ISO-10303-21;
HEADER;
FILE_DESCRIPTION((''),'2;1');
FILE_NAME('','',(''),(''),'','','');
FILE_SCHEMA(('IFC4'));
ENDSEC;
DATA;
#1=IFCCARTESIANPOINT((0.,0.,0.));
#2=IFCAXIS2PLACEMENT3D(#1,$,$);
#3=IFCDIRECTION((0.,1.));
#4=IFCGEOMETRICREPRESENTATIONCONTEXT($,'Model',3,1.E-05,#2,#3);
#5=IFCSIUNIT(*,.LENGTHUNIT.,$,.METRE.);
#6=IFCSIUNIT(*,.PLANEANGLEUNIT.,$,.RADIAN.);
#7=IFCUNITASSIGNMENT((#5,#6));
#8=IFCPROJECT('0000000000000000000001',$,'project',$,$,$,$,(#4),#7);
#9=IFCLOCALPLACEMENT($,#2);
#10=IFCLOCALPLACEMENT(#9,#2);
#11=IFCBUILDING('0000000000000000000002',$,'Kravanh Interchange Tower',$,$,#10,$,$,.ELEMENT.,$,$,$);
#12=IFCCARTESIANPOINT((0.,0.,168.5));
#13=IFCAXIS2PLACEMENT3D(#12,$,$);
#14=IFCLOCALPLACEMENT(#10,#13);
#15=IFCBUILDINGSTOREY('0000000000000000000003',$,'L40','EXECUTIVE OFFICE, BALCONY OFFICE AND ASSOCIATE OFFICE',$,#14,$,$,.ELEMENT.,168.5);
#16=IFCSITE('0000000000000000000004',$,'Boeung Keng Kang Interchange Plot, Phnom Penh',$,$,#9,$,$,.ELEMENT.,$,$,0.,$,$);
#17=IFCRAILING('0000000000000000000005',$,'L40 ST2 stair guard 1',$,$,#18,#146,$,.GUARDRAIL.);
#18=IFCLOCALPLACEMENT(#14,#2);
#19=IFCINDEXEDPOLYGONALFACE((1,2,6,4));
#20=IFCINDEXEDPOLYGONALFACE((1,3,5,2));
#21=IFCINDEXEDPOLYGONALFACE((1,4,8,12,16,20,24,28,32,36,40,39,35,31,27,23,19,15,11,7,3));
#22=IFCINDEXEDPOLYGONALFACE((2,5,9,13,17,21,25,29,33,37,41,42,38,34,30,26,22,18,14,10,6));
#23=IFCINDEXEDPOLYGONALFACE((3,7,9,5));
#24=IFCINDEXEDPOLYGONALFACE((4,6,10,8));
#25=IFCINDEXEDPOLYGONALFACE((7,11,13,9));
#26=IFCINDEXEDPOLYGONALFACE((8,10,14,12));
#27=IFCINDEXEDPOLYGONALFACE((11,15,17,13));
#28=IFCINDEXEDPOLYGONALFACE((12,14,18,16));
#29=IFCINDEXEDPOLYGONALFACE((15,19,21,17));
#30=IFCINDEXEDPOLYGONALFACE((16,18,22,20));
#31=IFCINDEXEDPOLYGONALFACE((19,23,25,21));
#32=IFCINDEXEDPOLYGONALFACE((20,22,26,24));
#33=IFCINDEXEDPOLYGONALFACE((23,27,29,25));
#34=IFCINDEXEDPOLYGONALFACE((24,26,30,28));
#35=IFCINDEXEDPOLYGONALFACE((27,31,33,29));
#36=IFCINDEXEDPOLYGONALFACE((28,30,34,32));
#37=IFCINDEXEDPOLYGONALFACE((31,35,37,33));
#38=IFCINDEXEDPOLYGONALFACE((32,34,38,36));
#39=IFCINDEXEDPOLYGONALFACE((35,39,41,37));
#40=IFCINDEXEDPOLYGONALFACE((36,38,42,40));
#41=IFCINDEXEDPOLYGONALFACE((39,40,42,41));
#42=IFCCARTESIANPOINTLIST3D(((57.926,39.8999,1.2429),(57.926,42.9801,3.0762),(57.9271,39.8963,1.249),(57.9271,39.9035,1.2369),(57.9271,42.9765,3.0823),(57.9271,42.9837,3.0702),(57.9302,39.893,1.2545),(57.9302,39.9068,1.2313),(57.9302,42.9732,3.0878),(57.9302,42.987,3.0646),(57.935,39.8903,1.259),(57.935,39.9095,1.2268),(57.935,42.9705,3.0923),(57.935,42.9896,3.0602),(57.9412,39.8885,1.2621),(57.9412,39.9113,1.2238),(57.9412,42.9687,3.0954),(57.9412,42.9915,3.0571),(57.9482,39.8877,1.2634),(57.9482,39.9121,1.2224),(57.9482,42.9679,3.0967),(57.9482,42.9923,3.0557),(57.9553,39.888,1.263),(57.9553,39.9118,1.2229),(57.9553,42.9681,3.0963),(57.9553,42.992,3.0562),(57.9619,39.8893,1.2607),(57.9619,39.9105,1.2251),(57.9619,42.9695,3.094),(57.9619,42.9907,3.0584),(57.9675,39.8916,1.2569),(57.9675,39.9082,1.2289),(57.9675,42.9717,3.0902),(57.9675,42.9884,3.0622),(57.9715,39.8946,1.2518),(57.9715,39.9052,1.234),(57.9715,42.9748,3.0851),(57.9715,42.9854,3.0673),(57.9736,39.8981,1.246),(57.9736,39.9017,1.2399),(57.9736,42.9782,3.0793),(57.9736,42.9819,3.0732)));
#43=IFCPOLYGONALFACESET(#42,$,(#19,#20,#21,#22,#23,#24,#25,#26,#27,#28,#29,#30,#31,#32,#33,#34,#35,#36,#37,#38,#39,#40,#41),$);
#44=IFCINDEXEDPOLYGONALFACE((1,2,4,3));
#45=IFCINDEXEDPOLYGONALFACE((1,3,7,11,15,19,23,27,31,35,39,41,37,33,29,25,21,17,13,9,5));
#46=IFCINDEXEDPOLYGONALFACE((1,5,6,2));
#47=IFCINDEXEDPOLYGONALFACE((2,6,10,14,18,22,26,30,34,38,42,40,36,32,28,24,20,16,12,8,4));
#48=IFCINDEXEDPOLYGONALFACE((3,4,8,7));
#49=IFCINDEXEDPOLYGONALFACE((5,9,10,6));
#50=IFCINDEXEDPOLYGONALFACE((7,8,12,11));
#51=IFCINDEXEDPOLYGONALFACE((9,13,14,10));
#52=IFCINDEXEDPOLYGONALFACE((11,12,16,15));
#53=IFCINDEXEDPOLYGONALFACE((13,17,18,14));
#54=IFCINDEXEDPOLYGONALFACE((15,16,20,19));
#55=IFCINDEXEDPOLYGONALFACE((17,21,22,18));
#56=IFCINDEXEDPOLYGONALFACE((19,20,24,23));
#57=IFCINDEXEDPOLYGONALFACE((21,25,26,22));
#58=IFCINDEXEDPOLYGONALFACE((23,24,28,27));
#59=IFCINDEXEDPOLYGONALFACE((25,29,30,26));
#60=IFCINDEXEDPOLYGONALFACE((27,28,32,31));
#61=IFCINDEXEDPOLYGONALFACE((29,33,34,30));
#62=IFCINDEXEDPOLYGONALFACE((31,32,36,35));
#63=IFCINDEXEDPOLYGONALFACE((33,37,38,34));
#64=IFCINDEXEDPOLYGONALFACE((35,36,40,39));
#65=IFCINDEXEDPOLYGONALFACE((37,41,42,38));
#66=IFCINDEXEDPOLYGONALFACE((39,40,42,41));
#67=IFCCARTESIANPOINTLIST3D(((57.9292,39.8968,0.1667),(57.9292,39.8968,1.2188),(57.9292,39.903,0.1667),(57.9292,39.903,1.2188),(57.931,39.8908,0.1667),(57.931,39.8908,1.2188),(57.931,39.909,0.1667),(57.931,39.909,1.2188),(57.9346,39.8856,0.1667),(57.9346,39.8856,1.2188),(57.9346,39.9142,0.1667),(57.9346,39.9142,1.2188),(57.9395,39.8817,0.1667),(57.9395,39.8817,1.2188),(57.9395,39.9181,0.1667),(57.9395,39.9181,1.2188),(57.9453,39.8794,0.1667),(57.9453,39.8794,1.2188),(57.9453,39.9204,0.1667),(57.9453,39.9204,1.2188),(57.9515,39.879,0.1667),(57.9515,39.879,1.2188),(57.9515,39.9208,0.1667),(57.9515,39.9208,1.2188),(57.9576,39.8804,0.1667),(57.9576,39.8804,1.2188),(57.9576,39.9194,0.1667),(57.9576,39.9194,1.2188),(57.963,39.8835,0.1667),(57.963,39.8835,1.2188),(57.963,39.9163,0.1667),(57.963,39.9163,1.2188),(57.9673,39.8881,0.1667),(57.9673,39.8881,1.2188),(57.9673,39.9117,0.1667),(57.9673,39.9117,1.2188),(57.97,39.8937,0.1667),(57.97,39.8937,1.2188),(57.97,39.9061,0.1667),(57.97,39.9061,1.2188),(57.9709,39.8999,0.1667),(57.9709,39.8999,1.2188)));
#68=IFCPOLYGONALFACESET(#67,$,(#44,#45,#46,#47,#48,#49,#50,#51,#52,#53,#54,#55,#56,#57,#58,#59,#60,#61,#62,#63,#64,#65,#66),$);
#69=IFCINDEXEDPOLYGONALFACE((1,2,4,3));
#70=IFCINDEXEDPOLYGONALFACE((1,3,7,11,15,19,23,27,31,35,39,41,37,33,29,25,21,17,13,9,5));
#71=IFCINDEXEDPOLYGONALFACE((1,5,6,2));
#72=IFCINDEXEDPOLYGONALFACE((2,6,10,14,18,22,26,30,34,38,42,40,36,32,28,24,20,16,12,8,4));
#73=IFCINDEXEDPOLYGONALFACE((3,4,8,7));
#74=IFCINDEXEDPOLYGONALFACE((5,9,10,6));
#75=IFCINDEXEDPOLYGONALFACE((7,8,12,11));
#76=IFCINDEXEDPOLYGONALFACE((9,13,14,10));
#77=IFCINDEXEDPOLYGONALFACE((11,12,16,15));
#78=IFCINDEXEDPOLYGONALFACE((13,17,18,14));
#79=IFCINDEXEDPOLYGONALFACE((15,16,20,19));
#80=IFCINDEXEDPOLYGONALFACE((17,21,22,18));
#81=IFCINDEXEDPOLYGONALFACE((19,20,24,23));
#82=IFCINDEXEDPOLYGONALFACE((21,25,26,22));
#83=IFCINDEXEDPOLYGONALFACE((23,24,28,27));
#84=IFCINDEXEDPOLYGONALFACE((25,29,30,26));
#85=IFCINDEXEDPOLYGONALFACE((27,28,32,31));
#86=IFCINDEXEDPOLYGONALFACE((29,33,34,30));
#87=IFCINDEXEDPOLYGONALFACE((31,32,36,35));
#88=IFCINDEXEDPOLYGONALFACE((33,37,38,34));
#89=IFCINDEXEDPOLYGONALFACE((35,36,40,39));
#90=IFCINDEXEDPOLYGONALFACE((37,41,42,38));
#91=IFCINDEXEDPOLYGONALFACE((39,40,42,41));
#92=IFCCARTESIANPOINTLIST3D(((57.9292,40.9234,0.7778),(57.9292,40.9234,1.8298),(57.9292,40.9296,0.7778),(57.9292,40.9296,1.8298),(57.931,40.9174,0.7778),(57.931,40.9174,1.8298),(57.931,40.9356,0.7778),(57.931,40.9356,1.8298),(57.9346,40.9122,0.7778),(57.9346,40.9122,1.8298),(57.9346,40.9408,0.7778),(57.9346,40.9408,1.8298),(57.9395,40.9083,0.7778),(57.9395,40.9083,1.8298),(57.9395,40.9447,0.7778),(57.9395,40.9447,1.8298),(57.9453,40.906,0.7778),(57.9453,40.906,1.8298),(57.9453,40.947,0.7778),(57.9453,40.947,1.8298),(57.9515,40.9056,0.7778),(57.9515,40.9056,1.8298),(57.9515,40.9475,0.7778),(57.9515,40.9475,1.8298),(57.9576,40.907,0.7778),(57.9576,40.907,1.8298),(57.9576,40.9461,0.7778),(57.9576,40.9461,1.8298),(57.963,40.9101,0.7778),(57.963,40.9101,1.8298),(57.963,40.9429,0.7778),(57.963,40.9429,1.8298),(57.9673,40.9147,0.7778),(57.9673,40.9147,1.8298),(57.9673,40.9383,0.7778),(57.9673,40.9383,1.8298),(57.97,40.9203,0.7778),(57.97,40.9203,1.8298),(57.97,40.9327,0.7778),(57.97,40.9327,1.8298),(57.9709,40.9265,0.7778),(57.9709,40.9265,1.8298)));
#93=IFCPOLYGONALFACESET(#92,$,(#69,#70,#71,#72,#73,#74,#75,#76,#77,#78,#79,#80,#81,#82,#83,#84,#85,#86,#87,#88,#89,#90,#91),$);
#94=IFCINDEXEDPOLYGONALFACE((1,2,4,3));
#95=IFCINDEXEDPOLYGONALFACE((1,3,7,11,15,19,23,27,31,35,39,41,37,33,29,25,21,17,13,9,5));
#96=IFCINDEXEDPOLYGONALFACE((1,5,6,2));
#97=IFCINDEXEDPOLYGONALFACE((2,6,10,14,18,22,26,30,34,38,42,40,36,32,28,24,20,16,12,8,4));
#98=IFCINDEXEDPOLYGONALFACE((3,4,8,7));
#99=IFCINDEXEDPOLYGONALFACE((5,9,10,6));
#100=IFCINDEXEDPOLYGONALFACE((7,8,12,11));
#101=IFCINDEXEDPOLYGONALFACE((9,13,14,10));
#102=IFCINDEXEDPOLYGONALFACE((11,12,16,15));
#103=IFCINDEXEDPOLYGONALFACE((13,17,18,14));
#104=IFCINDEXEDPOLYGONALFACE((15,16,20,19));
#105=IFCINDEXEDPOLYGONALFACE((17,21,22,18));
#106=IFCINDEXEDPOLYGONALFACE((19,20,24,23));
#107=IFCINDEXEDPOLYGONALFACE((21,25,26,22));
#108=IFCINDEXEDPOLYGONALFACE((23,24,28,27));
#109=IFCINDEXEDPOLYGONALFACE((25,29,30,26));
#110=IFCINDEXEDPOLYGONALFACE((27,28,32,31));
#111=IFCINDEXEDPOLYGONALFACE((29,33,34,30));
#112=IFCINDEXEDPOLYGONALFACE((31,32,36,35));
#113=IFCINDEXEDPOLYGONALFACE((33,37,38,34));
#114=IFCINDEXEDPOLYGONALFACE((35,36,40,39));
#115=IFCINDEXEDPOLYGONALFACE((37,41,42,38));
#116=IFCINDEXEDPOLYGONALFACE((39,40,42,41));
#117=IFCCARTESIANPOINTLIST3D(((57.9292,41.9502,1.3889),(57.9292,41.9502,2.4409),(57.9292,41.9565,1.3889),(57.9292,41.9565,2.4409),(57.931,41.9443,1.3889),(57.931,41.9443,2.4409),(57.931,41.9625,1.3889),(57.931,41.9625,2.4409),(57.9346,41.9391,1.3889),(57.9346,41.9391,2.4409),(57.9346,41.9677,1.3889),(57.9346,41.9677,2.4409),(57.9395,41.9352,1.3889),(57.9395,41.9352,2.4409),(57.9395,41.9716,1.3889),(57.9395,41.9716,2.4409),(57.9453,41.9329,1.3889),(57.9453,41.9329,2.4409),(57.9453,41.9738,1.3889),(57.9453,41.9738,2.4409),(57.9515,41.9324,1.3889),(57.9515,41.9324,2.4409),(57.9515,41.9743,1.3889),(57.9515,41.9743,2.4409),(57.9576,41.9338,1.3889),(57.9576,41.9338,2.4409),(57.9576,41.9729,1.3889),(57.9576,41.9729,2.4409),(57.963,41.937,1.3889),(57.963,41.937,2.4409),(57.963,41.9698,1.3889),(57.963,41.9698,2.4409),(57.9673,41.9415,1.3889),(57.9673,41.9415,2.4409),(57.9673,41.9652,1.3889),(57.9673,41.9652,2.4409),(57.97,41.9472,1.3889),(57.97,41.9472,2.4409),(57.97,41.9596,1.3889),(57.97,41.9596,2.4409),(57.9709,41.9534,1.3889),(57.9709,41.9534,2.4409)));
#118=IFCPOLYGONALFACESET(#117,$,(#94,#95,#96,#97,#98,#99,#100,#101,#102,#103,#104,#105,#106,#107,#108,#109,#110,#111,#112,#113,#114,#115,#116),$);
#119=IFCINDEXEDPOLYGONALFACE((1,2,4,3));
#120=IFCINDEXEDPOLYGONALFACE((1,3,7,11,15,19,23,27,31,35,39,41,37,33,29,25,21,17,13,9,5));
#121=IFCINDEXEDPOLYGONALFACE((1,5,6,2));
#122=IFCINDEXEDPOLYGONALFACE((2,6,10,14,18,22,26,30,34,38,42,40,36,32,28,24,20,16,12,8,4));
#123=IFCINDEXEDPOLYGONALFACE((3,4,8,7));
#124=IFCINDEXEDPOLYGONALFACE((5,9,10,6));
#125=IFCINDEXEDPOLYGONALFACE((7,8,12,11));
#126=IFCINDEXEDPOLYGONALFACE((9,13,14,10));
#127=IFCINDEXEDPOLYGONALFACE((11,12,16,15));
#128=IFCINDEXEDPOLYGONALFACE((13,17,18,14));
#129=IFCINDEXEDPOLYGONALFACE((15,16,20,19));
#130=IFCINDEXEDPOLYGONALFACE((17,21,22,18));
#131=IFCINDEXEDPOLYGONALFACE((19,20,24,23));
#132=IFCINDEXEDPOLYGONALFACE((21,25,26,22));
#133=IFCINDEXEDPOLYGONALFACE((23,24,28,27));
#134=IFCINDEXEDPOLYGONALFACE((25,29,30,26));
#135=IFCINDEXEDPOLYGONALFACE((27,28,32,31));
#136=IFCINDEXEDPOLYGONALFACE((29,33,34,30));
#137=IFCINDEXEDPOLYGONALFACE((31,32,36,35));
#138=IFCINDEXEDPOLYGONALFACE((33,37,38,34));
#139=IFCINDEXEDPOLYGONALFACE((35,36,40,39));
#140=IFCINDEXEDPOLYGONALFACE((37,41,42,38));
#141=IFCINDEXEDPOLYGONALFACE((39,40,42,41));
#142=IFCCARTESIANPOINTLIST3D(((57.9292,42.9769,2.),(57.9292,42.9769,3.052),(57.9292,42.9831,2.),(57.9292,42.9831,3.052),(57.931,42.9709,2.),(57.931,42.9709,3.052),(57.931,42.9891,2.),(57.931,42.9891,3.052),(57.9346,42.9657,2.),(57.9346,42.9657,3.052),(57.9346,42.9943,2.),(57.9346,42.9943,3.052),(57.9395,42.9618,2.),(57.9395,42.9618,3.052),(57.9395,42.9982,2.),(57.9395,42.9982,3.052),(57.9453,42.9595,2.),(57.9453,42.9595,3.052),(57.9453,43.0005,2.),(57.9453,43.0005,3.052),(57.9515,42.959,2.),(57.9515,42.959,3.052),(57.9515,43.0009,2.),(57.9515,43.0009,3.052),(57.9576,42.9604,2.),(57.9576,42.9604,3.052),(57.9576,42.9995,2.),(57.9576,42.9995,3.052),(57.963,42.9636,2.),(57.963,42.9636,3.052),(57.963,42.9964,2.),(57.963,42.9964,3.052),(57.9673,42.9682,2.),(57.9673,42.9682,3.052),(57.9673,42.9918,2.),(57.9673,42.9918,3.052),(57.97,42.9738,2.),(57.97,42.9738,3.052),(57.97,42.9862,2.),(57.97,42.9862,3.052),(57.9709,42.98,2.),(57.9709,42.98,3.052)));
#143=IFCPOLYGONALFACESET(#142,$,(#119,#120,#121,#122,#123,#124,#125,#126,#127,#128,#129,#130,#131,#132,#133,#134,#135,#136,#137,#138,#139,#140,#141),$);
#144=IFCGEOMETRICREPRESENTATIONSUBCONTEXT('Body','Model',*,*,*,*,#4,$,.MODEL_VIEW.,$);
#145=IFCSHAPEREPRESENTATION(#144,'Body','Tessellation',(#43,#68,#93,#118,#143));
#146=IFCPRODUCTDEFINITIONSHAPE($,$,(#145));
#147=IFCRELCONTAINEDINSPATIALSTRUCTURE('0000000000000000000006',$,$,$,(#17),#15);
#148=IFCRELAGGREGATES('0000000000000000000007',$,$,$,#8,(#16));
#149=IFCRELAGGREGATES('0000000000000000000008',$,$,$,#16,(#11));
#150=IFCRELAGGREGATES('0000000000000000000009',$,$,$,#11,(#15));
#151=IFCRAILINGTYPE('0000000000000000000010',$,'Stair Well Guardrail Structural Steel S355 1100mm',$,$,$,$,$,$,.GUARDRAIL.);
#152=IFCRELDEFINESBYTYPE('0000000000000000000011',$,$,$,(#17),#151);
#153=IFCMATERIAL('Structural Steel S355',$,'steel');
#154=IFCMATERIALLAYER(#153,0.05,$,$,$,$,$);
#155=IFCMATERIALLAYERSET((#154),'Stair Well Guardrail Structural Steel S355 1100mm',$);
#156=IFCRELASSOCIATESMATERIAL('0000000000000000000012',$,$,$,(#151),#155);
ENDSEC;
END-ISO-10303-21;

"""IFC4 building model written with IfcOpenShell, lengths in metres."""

from ifc_helpers import new_model, si_unit, direction, frame, origin, origin_2d, place, context, subcontext, project, spatial, circle, extrude, material, layer, layer_set, type_object, element, save


model = new_model("IFC4")

# Units and contexts
model_context = context("Model", 3, precision=1e-05, world=origin(), true_north=direction((0.0, 1.0)))
body_context = subcontext(model_context, "Body", "Model", "MODEL_VIEW")
ifc_project = project(units=[si_unit("LENGTHUNIT", "METRE"), si_unit("PLANEANGLEUNIT", "RADIAN")], contexts=[model_context])

# Site, building, storey
site_placement = place(None, origin())
site = spatial("IfcSite", under=ifc_project, at=site_placement, Name="Boeung Keng Kang Interchange Plot, Phnom Penh", CompositionType="ELEMENT", RefElevation=0.0)
building_placement = place(site_placement, origin())
building = spatial("IfcBuilding", under=site, at=building_placement, Name="Kravanh Interchange Tower", CompositionType="ELEMENT")
storey_placement = place(building_placement, frame((0.0, 0.0, 168.5)))
storey = spatial("IfcBuildingStorey", under=building, at=storey_placement, Name="L40", Description="EXECUTIVE OFFICE, BALCONY OFFICE AND ASSOCIATE OFFICE", CompositionType="ELEMENT", Elevation=168.5)

# Railing
ifc_material_1 = material(Name="Structural Steel S355", Category="steel")
ifc_layer_1 = layer(ifc_material_1, 0.05)
ifc_layer_set_1 = layer_set([ifc_layer_1], Name="Stair Well Guardrail Structural Steel S355 1100mm")
railing_type_1 = type_object("IfcRailingType", Name="Stair Well Guardrail Structural Steel S355 1100mm", PredefinedType="GUARDRAIL", material=ifc_layer_set_1)
railing_1_placement = place(storey_placement, frame((57.95, 39.8999, 0.1667)))
element("IfcRailing", 1, at=railing_1_placement, inside=storey, type_object=railing_type_1, Name="L40 ST2 stair guard 1", PredefinedType="GUARDRAIL", context=body_context, shape_type="SweptSolid", body=[
    extrude(circle(Radius=0.0239, at=origin_2d()), frame((0.0, 0.0, 1.0762), z_axis=(0.0, 0.859309, 0.511458), x_axis=(-1.0, 0.0, 0.0)), (0.0, 0.0, 1.0), 3.5845),
    extrude(circle(Radius=0.021, at=origin_2d()), origin(), (0.0, 0.0, 1.0), 1.052),
    extrude(circle(Radius=0.021, at=origin_2d()), frame((0.0, 1.0266, 0.6111)), (0.0, 0.0, 1.0), 1.052),
    extrude(circle(Radius=0.021, at=origin_2d()), frame((0.0, 2.0535, 1.2222)), (0.0, 0.0, 1.0), 1.052),
    extrude(circle(Radius=0.021, at=origin_2d()), frame((0.0, 3.0801, 1.8333)), (0.0, 0.0, 1.0), 1.052),
])

save(model, "model.ifc")
